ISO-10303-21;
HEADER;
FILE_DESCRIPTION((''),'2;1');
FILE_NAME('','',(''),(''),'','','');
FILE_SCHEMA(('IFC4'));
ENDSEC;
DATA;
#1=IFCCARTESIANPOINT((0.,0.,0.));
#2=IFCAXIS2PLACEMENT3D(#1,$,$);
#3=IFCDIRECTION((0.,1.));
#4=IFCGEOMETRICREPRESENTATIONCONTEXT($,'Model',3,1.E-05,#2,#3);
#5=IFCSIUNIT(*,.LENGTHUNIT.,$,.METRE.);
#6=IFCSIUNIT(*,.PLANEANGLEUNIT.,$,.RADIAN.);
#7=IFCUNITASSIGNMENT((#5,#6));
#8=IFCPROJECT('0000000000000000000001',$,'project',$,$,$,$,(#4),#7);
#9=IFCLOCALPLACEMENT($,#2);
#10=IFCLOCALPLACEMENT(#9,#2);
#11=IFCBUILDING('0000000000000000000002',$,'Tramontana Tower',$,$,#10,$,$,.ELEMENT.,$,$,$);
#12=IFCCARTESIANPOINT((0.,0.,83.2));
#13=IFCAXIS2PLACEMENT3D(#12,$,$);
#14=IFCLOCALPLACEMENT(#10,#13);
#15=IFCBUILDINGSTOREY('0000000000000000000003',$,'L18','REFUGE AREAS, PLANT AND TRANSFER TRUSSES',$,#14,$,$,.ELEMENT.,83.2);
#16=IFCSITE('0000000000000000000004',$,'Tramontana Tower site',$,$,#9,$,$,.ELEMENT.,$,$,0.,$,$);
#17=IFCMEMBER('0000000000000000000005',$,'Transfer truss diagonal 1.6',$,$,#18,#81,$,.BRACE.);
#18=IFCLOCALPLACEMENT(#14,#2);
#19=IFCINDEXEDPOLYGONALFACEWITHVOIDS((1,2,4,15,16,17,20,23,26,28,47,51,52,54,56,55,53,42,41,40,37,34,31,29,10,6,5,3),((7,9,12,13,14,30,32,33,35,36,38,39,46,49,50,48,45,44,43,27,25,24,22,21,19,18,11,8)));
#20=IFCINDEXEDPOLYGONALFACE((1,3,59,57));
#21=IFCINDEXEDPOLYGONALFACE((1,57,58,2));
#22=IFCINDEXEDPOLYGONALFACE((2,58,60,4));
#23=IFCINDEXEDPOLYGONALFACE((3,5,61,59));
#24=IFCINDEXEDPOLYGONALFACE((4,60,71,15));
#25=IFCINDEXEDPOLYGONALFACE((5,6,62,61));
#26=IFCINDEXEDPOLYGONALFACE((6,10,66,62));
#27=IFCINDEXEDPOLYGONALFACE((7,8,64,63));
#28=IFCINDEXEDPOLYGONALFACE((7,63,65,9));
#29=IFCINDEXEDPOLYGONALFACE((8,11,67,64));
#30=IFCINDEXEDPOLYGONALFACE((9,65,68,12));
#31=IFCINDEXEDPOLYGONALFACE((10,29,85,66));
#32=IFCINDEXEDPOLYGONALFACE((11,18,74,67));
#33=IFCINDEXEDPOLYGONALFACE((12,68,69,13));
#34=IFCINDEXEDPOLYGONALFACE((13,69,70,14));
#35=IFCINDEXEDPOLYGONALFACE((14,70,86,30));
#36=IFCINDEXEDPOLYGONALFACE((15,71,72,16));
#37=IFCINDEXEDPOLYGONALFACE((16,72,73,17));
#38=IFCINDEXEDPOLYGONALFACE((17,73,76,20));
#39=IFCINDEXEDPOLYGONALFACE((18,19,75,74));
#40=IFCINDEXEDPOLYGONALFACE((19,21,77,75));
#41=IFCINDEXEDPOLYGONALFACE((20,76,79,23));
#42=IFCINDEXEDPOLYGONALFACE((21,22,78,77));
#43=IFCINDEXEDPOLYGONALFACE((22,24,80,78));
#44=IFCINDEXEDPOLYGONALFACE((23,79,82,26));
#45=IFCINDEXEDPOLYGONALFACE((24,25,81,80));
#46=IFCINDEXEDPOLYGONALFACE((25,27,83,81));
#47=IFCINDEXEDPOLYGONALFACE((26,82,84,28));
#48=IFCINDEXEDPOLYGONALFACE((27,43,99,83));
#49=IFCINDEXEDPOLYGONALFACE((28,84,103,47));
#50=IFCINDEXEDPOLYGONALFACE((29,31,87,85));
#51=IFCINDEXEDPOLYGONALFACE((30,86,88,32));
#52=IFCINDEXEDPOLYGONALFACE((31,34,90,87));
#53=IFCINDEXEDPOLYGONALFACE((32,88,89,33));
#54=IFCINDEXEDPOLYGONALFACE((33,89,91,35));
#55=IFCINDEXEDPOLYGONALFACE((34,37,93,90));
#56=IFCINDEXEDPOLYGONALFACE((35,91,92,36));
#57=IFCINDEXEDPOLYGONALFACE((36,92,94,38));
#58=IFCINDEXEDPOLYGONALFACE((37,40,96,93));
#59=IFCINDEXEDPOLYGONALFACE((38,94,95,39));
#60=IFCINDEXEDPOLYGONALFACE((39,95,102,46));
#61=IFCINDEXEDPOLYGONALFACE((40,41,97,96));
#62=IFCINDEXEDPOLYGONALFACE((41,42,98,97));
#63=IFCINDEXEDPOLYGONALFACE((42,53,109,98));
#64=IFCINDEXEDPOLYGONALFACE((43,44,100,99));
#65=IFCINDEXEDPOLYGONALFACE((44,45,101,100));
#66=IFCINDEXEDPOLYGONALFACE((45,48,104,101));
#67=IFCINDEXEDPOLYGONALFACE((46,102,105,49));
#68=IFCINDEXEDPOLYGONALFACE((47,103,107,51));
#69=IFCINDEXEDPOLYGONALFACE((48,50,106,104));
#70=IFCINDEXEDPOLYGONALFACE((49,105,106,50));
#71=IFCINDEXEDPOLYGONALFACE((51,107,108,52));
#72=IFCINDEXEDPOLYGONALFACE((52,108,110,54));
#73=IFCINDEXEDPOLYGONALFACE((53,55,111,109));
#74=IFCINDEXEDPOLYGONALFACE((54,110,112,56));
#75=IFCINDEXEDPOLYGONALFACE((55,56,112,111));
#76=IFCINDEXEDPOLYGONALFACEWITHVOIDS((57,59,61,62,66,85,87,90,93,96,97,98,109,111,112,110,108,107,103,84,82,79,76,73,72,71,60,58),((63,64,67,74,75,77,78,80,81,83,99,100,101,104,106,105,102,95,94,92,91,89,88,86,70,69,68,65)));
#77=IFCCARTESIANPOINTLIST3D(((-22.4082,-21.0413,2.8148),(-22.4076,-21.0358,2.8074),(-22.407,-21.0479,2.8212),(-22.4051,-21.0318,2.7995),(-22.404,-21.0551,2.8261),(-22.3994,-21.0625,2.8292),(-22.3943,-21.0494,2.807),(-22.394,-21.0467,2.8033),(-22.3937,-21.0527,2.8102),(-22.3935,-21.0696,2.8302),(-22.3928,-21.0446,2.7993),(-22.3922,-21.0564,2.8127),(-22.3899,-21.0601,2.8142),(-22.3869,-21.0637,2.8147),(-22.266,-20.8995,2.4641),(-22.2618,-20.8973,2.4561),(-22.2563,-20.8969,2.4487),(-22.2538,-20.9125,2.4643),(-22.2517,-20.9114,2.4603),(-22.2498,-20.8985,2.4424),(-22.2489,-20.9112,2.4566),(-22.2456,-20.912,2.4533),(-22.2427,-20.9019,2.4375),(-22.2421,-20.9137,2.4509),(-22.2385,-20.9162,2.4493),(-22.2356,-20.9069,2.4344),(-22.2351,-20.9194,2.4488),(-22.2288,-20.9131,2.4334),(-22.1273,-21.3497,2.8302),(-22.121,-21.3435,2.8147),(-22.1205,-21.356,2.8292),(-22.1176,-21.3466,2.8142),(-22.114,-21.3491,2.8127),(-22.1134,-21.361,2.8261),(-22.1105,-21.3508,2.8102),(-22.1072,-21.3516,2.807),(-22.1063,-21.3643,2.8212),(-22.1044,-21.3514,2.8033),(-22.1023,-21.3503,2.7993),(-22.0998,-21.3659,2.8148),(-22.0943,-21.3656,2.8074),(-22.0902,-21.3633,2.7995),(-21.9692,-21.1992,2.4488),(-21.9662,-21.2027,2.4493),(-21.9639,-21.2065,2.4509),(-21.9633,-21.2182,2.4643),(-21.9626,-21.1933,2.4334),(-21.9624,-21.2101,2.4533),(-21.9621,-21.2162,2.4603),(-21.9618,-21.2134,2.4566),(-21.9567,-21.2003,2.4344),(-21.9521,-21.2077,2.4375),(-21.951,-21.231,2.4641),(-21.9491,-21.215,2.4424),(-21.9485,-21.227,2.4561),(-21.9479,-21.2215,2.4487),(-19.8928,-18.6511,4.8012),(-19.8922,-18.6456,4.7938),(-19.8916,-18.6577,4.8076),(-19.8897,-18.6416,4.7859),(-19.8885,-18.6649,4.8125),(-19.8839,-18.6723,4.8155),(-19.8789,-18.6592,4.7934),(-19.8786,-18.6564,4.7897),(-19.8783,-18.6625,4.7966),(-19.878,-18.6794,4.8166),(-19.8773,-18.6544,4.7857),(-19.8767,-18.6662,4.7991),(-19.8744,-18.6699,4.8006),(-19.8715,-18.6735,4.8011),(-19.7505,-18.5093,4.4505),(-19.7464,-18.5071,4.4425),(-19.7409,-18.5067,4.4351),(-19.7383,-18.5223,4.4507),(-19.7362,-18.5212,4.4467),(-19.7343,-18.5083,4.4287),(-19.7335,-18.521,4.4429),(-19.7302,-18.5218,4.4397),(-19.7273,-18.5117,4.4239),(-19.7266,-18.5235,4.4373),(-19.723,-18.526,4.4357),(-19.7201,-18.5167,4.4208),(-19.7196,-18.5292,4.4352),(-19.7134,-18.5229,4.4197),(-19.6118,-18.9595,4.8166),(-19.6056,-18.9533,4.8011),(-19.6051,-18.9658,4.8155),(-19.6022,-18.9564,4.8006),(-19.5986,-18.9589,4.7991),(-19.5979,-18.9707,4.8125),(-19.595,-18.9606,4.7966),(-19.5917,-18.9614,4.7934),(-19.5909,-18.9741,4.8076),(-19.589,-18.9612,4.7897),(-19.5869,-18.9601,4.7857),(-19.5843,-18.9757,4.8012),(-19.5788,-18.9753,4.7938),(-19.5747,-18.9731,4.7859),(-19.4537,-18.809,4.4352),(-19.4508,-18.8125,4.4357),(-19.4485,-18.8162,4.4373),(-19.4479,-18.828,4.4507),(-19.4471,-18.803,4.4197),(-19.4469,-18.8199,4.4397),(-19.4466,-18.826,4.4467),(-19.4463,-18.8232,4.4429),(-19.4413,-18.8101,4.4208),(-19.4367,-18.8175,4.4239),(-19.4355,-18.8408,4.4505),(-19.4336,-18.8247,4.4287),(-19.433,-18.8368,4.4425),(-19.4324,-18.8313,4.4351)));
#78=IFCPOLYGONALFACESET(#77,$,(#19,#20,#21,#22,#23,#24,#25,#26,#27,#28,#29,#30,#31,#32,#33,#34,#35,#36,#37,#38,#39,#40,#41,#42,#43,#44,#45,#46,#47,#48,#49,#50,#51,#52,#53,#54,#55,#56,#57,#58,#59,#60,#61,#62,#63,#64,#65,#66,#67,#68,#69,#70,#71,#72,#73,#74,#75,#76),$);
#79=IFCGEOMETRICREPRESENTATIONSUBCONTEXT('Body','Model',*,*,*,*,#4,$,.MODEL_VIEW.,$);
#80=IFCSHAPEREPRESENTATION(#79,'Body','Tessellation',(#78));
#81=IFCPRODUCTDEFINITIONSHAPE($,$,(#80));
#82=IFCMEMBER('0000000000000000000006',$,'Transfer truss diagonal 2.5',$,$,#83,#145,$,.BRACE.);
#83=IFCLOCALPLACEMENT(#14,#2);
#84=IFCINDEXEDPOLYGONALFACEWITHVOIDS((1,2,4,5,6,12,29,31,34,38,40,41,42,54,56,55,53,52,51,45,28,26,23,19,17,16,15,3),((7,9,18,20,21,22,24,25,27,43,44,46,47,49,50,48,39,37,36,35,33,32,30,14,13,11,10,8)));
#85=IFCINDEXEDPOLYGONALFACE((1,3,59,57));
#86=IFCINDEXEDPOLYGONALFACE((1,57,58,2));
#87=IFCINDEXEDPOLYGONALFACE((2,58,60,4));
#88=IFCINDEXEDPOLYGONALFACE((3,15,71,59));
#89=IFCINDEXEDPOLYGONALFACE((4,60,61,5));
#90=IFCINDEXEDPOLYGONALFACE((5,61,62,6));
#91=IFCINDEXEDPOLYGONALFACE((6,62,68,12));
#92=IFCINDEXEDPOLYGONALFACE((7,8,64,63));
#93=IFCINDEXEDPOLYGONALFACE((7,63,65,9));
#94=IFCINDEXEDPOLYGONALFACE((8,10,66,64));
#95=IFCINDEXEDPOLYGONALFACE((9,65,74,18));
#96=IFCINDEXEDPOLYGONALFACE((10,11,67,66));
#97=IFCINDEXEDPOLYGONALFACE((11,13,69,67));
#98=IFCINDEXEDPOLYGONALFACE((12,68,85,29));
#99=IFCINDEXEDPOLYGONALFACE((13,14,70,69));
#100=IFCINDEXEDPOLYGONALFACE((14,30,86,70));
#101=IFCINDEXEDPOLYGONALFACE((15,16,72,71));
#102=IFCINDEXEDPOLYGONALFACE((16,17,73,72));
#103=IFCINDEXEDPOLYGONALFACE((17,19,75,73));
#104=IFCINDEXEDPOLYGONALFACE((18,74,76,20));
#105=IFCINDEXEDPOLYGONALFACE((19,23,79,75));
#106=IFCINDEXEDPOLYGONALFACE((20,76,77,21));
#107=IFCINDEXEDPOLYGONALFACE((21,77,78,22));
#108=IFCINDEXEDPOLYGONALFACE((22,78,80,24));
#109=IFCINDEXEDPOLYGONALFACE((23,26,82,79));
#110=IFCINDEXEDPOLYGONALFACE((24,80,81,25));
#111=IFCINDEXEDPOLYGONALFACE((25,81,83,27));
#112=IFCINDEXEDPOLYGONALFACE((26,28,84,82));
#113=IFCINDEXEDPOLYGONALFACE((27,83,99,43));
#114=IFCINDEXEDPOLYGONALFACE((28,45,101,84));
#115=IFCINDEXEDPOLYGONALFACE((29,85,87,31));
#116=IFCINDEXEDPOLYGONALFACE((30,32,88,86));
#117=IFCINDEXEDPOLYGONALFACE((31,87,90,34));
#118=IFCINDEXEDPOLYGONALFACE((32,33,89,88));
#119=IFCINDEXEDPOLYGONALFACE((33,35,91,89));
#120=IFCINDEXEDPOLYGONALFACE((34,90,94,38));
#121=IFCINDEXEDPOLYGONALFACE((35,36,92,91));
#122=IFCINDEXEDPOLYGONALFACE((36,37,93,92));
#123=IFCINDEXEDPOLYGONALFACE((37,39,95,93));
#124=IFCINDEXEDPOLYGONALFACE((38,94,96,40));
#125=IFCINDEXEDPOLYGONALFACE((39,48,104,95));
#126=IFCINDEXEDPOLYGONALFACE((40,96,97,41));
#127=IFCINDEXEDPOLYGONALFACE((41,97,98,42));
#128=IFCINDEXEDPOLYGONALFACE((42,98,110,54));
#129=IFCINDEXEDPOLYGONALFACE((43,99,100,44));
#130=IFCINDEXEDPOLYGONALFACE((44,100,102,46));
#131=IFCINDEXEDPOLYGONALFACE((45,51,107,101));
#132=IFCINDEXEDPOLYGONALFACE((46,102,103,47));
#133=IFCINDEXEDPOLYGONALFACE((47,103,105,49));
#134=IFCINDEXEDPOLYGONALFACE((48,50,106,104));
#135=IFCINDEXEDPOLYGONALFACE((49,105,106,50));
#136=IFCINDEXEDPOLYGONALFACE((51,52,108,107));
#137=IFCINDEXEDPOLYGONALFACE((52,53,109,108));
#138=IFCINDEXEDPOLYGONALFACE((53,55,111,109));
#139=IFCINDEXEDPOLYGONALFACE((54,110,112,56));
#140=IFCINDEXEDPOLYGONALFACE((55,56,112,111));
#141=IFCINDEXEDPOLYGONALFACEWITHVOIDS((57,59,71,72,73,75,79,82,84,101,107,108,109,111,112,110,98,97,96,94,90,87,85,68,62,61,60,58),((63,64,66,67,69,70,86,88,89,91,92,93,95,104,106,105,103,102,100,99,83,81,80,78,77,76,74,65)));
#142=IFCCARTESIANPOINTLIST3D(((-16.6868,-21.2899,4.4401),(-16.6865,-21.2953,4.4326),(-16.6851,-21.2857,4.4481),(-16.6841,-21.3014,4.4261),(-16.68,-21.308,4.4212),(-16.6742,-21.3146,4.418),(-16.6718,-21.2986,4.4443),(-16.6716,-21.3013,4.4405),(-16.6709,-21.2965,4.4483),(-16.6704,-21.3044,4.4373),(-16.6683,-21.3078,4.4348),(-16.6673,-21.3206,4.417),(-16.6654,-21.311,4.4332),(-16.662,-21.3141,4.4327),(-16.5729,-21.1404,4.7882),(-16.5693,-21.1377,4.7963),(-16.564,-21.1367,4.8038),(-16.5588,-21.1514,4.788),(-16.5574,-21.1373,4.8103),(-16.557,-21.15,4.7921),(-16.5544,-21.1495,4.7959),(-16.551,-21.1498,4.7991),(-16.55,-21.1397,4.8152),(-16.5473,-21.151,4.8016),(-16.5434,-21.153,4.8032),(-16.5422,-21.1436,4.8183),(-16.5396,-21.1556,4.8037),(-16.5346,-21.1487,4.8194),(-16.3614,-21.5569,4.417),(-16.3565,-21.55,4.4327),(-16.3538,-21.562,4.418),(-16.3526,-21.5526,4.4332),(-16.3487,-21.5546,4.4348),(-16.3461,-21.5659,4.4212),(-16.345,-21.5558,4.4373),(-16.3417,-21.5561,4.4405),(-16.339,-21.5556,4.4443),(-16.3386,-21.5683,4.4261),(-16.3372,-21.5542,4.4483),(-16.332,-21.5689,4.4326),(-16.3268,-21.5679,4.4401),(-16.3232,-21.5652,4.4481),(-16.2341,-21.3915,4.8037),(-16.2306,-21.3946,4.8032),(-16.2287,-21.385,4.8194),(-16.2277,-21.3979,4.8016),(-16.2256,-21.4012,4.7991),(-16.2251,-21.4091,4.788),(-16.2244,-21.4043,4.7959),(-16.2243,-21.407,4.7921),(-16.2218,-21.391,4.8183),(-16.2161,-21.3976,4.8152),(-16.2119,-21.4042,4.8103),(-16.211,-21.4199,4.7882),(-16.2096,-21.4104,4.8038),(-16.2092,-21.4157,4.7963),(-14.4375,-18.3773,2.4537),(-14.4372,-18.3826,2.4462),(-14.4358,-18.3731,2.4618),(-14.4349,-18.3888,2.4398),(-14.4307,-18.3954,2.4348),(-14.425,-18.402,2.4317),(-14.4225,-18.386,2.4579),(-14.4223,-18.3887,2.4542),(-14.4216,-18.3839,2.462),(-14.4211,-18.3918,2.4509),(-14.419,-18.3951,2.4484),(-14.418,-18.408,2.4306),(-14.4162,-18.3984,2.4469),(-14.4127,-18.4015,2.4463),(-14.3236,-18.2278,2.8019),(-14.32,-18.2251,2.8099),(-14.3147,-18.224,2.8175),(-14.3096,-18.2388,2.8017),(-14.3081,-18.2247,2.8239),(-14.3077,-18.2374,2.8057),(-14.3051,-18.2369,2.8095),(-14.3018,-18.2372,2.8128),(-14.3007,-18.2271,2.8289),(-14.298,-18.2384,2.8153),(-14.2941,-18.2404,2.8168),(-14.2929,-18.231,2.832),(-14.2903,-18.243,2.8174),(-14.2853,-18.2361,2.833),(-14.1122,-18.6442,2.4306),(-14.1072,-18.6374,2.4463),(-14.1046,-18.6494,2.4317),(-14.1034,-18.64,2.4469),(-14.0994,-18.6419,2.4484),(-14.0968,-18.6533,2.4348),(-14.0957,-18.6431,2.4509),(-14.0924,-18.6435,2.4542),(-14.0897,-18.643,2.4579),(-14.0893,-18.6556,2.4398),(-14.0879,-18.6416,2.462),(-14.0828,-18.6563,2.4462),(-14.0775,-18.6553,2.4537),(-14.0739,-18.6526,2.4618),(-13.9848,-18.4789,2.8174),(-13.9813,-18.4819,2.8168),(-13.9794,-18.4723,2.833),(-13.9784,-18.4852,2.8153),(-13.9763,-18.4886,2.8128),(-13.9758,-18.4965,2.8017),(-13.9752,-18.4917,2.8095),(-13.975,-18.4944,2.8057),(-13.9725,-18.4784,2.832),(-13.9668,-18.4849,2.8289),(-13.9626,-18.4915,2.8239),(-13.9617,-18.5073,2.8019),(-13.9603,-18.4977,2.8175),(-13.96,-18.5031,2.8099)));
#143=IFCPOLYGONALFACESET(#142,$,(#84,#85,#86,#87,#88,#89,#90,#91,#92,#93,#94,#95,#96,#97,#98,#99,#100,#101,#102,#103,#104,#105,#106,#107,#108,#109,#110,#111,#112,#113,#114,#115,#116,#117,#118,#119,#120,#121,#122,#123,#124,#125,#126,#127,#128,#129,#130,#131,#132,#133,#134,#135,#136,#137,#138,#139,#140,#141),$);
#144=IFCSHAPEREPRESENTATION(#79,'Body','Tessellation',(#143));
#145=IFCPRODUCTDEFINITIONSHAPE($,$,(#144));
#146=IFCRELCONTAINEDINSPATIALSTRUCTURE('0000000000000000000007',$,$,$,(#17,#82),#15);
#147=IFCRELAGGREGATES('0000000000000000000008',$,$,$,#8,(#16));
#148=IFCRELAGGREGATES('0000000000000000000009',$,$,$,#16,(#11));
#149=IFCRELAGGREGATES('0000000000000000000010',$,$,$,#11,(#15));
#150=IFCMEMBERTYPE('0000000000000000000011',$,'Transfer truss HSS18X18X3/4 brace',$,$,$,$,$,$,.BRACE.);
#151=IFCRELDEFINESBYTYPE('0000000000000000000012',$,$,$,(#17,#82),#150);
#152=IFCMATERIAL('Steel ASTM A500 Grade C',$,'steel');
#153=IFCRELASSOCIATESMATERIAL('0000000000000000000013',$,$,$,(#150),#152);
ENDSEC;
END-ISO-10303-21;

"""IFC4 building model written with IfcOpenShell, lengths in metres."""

from ifc_helpers import new_model, si_unit, direction, frame, origin, origin_2d, place, context, subcontext, project, spatial, hollow_rectangle, extrude, material, material_profile, profile_set, type_object, element, save


model = new_model("IFC4")

# Units and contexts
model_context = context("Model", 3, precision=1e-05, world=origin(), true_north=direction((0.0, 1.0)))
body_context = subcontext(model_context, "Body", "Model", "MODEL_VIEW")
ifc_project = project(units=[si_unit("LENGTHUNIT", "METRE"), si_unit("PLANEANGLEUNIT", "RADIAN")], contexts=[model_context])

# Site, building, storey
site_placement = place(None, origin())
site = spatial("IfcSite", under=ifc_project, at=site_placement, Name="Tramontana Tower site", CompositionType="ELEMENT", RefElevation=0.0)
building_placement = place(site_placement, origin())
building = spatial("IfcBuilding", under=site, at=building_placement, Name="Tramontana Tower", CompositionType="ELEMENT")
storey_placement = place(building_placement, frame((0.0, 0.0, 83.2)))
storey = spatial("IfcBuildingStorey", under=building, at=storey_placement, Name="L18", Description="REFUGE AREAS, PLANT AND TRANSFER TRUSSES", CompositionType="ELEMENT", Elevation=83.2)

# Members
ifc_material_1 = material(Name="Steel ASTM A500 Grade C", Category="steel")
ifc_material_profile_1 = material_profile(ifc_material_1, hollow_rectangle(XDim=0.4573, YDim=0.4573, WallThickness=0.0178, InnerFilletRadius=0.0178, OuterFilletRadius=0.0354, at=origin_2d()), Name="HSS18X18X3/4")
ifc_profile_set_1 = profile_set([ifc_material_profile_1], Name="Steel ASTM A500 Grade C")
member_type_1 = type_object("IfcMemberType", Name="Transfer truss HSS18X18X3/4 brace", PredefinedType="BRACE", material=ifc_profile_set_1)
member_1_placement = place(storey_placement, frame((-19.6626, -18.7412, 4.6182), z_axis=(-0.629132, -0.597807, -0.496809), x_axis=(0.688829, -0.724924, 0.0)))
element("IfcMember", 1, at=member_1_placement, inside=storey, type_object=member_type_1, Name="Transfer truss diagonal 1.6", PredefinedType="BRACE", context=body_context, shape_type="SweptSolid", body=[
    extrude(hollow_rectangle(XDim=0.4573, YDim=0.4573, WallThickness=0.0178, InnerFilletRadius=0.0178, OuterFilletRadius=0.0354, at=origin_2d()), origin(), (0.0, 0.0, 1.0), 3.9983),
])
for number, where, z_axis, x_axis, name in (
    (2, (-14.1987, -18.4402, 2.6318), (-0.537863, -0.696484, 0.474987), (0.791466, -0.611213, 0.0), "Transfer truss diagonal 2.5"),
):
    element("IfcMember", number, at=place(storey_placement, frame(where, z_axis=z_axis, x_axis=x_axis)), inside=storey, type_object=member_type_1, Name=name, PredefinedType="BRACE", context=body_context, shape_type="SweptSolid", body=[
        extrude(hollow_rectangle(XDim=0.4573, YDim=0.4573, WallThickness=0.0178, InnerFilletRadius=0.0178, OuterFilletRadius=0.0354, at=origin_2d()), origin(), (0.0, 0.0, 1.0), 4.1819),
    ])

save(model, "model.ifc")
